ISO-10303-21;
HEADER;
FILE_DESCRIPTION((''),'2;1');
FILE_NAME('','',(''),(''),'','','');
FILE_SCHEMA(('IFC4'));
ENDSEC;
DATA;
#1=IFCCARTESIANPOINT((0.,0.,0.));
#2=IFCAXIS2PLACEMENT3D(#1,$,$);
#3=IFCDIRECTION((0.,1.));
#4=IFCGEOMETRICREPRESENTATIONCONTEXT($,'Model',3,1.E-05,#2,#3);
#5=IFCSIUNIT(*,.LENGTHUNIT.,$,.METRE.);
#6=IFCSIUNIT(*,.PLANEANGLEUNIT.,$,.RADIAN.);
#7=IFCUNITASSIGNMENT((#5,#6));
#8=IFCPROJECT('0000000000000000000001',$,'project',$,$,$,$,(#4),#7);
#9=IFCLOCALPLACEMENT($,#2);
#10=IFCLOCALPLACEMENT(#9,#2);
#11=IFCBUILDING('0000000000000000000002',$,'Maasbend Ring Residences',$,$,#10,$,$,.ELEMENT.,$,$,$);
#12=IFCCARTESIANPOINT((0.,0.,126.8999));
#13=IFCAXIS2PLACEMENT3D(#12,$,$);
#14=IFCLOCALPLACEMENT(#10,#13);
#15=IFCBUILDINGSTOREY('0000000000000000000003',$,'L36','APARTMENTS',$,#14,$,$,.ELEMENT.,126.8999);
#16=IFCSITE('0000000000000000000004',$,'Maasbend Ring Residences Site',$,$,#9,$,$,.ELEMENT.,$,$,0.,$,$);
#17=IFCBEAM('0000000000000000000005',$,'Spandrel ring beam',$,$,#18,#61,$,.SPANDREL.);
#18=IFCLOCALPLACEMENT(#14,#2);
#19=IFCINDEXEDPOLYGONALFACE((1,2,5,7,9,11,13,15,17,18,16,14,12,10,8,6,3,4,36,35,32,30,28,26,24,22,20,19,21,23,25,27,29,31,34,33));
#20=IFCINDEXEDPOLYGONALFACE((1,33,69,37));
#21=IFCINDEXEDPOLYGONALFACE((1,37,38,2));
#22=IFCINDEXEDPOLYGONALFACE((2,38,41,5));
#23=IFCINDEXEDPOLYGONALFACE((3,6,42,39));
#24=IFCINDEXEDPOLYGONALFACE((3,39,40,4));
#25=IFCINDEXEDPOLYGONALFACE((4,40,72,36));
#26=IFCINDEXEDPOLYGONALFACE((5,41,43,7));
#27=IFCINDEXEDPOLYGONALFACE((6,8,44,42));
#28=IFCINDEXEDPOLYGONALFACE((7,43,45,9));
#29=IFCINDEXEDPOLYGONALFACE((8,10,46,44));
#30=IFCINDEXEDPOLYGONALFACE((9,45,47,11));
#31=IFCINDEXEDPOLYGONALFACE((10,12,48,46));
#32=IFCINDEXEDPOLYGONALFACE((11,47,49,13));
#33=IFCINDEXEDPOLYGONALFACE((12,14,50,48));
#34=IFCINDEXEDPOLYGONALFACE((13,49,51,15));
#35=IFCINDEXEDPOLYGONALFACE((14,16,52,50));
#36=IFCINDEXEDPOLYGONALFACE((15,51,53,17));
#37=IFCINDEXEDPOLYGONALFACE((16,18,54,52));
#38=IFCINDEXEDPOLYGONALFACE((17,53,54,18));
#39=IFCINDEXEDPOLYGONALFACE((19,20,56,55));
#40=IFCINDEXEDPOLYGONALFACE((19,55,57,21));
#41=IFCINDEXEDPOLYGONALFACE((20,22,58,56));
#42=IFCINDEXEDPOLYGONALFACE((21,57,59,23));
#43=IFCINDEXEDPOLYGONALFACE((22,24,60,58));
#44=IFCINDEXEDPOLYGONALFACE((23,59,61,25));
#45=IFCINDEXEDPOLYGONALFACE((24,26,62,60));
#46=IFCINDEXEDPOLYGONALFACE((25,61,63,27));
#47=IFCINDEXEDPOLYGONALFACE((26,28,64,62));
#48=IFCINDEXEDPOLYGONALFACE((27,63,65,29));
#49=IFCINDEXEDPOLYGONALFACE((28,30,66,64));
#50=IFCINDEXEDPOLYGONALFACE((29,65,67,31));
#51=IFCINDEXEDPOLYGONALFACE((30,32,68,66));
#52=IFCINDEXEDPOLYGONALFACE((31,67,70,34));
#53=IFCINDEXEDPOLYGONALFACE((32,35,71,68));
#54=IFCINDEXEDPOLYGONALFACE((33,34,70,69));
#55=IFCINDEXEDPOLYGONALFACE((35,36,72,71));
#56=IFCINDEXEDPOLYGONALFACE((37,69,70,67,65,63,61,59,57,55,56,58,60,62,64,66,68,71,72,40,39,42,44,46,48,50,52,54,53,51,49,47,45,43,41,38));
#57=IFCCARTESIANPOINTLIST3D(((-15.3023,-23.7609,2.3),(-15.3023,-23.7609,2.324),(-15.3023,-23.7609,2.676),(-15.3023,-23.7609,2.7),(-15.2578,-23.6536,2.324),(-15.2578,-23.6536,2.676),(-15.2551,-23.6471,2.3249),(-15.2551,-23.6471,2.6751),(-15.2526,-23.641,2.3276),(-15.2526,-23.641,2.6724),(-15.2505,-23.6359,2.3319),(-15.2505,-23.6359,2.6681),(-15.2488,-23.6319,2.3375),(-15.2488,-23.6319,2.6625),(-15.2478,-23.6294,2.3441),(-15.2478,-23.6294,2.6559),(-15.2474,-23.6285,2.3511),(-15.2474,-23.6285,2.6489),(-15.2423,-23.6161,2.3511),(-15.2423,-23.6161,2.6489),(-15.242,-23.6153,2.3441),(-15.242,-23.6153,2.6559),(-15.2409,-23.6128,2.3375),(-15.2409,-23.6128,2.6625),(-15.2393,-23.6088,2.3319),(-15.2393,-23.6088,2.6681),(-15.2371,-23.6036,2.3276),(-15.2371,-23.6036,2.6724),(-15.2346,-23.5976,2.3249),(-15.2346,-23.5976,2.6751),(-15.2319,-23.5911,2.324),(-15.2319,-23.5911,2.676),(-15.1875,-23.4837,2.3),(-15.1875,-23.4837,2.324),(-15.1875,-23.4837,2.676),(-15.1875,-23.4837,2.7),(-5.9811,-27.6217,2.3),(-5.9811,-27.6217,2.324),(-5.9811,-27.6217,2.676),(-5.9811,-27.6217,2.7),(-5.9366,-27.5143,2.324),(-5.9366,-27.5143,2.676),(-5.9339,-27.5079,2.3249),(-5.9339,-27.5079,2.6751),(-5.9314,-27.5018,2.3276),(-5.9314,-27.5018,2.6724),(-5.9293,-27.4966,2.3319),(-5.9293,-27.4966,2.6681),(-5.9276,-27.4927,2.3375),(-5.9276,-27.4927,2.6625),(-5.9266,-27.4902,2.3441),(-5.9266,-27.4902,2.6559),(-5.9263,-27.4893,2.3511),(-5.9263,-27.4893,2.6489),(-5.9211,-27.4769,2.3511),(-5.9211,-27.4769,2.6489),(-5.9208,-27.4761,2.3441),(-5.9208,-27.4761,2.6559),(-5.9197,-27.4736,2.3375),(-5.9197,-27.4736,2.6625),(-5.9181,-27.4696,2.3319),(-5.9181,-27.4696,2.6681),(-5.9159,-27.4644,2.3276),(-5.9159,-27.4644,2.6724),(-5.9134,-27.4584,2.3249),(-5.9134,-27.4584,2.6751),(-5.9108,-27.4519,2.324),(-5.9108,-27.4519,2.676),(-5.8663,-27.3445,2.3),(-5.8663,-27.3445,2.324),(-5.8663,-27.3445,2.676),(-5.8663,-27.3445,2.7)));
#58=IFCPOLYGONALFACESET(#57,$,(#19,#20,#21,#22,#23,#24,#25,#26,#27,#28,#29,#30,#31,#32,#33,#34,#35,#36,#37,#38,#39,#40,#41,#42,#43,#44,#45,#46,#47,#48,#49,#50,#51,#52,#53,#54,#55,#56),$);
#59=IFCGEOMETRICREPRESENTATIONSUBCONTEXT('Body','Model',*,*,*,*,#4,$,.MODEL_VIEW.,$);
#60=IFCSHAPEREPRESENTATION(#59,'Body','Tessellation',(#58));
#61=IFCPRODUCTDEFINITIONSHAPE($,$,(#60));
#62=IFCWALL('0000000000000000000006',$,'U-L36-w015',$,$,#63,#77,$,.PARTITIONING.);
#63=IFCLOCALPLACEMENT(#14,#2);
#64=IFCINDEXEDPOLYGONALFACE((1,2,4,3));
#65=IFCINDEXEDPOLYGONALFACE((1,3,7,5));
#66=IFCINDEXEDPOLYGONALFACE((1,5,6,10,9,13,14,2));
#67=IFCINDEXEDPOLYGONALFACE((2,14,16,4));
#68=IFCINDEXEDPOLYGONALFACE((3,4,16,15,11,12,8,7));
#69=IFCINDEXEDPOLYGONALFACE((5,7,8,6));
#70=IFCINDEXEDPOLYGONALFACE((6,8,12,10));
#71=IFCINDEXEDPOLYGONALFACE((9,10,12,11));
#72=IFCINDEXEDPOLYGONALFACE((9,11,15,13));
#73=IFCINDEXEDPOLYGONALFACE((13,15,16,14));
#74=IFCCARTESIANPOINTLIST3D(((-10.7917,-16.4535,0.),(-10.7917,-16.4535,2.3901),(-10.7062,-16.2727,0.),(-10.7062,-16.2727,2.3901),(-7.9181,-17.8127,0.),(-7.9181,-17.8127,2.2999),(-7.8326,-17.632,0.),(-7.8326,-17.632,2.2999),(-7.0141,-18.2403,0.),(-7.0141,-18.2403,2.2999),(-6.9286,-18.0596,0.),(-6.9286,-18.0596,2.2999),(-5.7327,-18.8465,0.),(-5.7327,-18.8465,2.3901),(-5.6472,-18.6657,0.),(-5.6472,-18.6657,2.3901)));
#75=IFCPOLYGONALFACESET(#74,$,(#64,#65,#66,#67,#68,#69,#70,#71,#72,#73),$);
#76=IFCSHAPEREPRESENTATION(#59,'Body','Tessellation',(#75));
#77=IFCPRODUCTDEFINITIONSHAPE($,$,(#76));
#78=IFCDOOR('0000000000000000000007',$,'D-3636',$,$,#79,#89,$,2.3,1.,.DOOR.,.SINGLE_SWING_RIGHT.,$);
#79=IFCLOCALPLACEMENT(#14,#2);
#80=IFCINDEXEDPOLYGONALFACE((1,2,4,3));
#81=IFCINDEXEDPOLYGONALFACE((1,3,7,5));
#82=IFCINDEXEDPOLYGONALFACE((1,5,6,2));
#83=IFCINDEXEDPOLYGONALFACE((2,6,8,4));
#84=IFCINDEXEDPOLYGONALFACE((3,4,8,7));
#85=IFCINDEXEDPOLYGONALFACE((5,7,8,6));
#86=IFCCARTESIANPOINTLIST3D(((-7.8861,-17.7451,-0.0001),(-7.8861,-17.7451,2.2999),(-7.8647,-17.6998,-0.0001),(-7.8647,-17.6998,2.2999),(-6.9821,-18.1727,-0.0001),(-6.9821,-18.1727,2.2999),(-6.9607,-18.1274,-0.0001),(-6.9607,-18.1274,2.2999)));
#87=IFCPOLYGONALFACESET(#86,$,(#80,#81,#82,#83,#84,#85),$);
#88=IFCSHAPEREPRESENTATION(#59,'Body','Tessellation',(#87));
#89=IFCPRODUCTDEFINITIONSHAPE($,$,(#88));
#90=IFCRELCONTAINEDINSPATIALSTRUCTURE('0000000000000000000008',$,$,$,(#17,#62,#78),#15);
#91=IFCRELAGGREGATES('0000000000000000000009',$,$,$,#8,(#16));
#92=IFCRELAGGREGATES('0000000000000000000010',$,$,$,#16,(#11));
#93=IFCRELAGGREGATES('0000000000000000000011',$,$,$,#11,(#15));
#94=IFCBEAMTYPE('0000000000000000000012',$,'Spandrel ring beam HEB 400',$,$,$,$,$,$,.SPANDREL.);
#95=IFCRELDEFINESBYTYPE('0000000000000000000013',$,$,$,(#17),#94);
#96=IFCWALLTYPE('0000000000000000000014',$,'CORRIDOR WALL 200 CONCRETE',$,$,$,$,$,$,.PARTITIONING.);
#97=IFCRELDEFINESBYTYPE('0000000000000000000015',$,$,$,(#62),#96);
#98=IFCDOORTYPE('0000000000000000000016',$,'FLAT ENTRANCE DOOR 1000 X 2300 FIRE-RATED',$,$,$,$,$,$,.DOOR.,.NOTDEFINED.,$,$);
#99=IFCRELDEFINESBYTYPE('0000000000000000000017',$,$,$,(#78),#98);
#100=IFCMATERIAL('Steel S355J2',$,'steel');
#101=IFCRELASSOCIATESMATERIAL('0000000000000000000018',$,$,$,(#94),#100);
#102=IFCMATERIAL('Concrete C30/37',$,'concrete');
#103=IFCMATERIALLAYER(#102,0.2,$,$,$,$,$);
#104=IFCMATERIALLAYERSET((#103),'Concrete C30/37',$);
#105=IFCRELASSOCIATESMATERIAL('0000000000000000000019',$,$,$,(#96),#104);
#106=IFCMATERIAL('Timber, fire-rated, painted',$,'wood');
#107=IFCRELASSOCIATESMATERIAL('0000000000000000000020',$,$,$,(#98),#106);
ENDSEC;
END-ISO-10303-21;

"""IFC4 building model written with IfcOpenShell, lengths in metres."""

from ifc_helpers import new_model, si_unit, direction, frame, frame_2d, origin, origin_2d, place, context, subcontext, project, spatial, rectangle, i_section, extrude, material, layer, layer_set, material_profile, profile_set, type_object, element, fill, save


model = new_model("IFC4")

# Units and contexts
model_context = context("Model", 3, precision=1e-05, world=origin(), true_north=direction((0.0, 1.0)))
body_context = subcontext(model_context, "Body", "Model", "MODEL_VIEW")
ifc_project = project(units=[si_unit("LENGTHUNIT", "METRE"), si_unit("PLANEANGLEUNIT", "RADIAN")], contexts=[model_context])

# Site, building, storey
site_placement = place(None, origin())
site = spatial("IfcSite", under=ifc_project, at=site_placement, Name="Maasbend Ring Residences Site", CompositionType="ELEMENT", RefElevation=0.0)
building_placement = place(site_placement, origin())
building = spatial("IfcBuilding", under=site, at=building_placement, Name="Maasbend Ring Residences", CompositionType="ELEMENT")
storey_placement = place(building_placement, frame((0.0, 0.0, 126.8999)))
storey = spatial("IfcBuildingStorey", under=building, at=storey_placement, Name="L36", Description="APARTMENTS", CompositionType="ELEMENT", Elevation=126.8999)

# Beam
ifc_material_1 = material(Name="Steel S355J2", Category="steel")
ifc_material_profile_1 = material_profile(ifc_material_1, i_section(OverallWidth=0.3, OverallDepth=0.3999, WebThickness=0.0134, FlangeThickness=0.0239, FilletRadius=0.0271, at=origin_2d()), Name="HEB 400")
ifc_profile_set_1 = profile_set([ifc_material_profile_1], Name="Steel S355J2")
beam_type_1 = type_object("IfcBeamType", Name="Spandrel ring beam HEB 400", PredefinedType="SPANDREL", material=ifc_profile_set_1)
beam_1_placement = place(storey_placement, frame((-15.2449, -23.6223, 2.5), z_axis=(0.923885, -0.38267, 0.0), x_axis=(0.38267, 0.923885, 0.0)))
element("IfcBeam", 1, at=beam_1_placement, inside=storey, type_object=beam_type_1, Name="Spandrel ring beam", PredefinedType="SPANDREL", context=body_context, shape_type="SweptSolid", body=[
    extrude(i_section(OverallWidth=0.3, OverallDepth=0.3999, WebThickness=0.0134, FlangeThickness=0.0239, FilletRadius=0.0271, at=origin_2d()), origin(), (0.0, 0.0, 1.0), 10.0891),
])

# Wall, opening, door
ifc_material_2 = material(Name="Concrete C30/37", Category="concrete")
ifc_layer_1 = layer(ifc_material_2, 0.2)
ifc_layer_set_1 = layer_set([ifc_layer_1], Name="Concrete C30/37")
wall_type_1 = type_object("IfcWallType", Name="CORRIDOR WALL 200 CONCRETE", PredefinedType="PARTITIONING", material=ifc_layer_set_1)
wall_1_placement = place(storey_placement, frame((-10.749, -16.363, 0.0), z_axis=(0.0, 0.0, 1.0), x_axis=(0.903969, -0.427599, 0.0)))
wall_1 = element("IfcWall", 2, at=wall_1_placement, inside=storey, type_object=wall_type_1, Name="U-L36-w015", PredefinedType="PARTITIONING", context=body_context, shape_type="SweptSolid", body=[
    extrude(rectangle(XDim=5.5964, YDim=0.2, at=frame_2d((2.7983, 0.0))), origin(), (0.0, 0.0, 1.0), 2.3901),
])
opening_1_placement = place(wall_1_placement, frame((3.179, 0.0, 0.0)))
opening_1 = element("IfcOpeningElement", 3, at=opening_1_placement, cuts=wall_1, PredefinedType="OPENING", context=body_context, shape_type="SweptSolid", body=[
    extrude(rectangle(XDim=1.0, YDim=2.3, at=frame_2d((0.5, 1.1499))), frame((0.0, 0.1099, 0.0), z_axis=(0.0, -1.0, 0.0), x_axis=(1.0, 0.0, 0.0)), (0.0, 0.0, 1.0), 0.22),
])
ifc_material_3 = material(Name="Timber, fire-rated, painted", Category="wood")
door_type_1 = type_object("IfcDoorType", Name="FLAT ENTRANCE DOOR 1000 X 2300 FIRE-RATED", OperationType="NOTDEFINED", PredefinedType="DOOR", material=ifc_material_3)
door_1_placement = place(opening_1_placement, origin())
door_1 = element("IfcDoor", 4, at=door_1_placement, inside=storey, type_object=door_type_1, Name="D-3636", OperationType="SINGLE_SWING_RIGHT", OverallHeight=2.3, OverallWidth=1.0, PredefinedType="DOOR", context=body_context, shape_type="SweptSolid", body=[
    extrude(rectangle(XDim=1.0, YDim=2.3, at=frame_2d((0.5, 1.1499))), frame((0.0, 0.0249, 0.0), z_axis=(0.0, -1.0, 0.0), x_axis=(1.0, 0.0, 0.0)), (0.0, 0.0, 1.0), 0.05),
])
fill(opening_1, door_1)

save(model, "model.ifc")
